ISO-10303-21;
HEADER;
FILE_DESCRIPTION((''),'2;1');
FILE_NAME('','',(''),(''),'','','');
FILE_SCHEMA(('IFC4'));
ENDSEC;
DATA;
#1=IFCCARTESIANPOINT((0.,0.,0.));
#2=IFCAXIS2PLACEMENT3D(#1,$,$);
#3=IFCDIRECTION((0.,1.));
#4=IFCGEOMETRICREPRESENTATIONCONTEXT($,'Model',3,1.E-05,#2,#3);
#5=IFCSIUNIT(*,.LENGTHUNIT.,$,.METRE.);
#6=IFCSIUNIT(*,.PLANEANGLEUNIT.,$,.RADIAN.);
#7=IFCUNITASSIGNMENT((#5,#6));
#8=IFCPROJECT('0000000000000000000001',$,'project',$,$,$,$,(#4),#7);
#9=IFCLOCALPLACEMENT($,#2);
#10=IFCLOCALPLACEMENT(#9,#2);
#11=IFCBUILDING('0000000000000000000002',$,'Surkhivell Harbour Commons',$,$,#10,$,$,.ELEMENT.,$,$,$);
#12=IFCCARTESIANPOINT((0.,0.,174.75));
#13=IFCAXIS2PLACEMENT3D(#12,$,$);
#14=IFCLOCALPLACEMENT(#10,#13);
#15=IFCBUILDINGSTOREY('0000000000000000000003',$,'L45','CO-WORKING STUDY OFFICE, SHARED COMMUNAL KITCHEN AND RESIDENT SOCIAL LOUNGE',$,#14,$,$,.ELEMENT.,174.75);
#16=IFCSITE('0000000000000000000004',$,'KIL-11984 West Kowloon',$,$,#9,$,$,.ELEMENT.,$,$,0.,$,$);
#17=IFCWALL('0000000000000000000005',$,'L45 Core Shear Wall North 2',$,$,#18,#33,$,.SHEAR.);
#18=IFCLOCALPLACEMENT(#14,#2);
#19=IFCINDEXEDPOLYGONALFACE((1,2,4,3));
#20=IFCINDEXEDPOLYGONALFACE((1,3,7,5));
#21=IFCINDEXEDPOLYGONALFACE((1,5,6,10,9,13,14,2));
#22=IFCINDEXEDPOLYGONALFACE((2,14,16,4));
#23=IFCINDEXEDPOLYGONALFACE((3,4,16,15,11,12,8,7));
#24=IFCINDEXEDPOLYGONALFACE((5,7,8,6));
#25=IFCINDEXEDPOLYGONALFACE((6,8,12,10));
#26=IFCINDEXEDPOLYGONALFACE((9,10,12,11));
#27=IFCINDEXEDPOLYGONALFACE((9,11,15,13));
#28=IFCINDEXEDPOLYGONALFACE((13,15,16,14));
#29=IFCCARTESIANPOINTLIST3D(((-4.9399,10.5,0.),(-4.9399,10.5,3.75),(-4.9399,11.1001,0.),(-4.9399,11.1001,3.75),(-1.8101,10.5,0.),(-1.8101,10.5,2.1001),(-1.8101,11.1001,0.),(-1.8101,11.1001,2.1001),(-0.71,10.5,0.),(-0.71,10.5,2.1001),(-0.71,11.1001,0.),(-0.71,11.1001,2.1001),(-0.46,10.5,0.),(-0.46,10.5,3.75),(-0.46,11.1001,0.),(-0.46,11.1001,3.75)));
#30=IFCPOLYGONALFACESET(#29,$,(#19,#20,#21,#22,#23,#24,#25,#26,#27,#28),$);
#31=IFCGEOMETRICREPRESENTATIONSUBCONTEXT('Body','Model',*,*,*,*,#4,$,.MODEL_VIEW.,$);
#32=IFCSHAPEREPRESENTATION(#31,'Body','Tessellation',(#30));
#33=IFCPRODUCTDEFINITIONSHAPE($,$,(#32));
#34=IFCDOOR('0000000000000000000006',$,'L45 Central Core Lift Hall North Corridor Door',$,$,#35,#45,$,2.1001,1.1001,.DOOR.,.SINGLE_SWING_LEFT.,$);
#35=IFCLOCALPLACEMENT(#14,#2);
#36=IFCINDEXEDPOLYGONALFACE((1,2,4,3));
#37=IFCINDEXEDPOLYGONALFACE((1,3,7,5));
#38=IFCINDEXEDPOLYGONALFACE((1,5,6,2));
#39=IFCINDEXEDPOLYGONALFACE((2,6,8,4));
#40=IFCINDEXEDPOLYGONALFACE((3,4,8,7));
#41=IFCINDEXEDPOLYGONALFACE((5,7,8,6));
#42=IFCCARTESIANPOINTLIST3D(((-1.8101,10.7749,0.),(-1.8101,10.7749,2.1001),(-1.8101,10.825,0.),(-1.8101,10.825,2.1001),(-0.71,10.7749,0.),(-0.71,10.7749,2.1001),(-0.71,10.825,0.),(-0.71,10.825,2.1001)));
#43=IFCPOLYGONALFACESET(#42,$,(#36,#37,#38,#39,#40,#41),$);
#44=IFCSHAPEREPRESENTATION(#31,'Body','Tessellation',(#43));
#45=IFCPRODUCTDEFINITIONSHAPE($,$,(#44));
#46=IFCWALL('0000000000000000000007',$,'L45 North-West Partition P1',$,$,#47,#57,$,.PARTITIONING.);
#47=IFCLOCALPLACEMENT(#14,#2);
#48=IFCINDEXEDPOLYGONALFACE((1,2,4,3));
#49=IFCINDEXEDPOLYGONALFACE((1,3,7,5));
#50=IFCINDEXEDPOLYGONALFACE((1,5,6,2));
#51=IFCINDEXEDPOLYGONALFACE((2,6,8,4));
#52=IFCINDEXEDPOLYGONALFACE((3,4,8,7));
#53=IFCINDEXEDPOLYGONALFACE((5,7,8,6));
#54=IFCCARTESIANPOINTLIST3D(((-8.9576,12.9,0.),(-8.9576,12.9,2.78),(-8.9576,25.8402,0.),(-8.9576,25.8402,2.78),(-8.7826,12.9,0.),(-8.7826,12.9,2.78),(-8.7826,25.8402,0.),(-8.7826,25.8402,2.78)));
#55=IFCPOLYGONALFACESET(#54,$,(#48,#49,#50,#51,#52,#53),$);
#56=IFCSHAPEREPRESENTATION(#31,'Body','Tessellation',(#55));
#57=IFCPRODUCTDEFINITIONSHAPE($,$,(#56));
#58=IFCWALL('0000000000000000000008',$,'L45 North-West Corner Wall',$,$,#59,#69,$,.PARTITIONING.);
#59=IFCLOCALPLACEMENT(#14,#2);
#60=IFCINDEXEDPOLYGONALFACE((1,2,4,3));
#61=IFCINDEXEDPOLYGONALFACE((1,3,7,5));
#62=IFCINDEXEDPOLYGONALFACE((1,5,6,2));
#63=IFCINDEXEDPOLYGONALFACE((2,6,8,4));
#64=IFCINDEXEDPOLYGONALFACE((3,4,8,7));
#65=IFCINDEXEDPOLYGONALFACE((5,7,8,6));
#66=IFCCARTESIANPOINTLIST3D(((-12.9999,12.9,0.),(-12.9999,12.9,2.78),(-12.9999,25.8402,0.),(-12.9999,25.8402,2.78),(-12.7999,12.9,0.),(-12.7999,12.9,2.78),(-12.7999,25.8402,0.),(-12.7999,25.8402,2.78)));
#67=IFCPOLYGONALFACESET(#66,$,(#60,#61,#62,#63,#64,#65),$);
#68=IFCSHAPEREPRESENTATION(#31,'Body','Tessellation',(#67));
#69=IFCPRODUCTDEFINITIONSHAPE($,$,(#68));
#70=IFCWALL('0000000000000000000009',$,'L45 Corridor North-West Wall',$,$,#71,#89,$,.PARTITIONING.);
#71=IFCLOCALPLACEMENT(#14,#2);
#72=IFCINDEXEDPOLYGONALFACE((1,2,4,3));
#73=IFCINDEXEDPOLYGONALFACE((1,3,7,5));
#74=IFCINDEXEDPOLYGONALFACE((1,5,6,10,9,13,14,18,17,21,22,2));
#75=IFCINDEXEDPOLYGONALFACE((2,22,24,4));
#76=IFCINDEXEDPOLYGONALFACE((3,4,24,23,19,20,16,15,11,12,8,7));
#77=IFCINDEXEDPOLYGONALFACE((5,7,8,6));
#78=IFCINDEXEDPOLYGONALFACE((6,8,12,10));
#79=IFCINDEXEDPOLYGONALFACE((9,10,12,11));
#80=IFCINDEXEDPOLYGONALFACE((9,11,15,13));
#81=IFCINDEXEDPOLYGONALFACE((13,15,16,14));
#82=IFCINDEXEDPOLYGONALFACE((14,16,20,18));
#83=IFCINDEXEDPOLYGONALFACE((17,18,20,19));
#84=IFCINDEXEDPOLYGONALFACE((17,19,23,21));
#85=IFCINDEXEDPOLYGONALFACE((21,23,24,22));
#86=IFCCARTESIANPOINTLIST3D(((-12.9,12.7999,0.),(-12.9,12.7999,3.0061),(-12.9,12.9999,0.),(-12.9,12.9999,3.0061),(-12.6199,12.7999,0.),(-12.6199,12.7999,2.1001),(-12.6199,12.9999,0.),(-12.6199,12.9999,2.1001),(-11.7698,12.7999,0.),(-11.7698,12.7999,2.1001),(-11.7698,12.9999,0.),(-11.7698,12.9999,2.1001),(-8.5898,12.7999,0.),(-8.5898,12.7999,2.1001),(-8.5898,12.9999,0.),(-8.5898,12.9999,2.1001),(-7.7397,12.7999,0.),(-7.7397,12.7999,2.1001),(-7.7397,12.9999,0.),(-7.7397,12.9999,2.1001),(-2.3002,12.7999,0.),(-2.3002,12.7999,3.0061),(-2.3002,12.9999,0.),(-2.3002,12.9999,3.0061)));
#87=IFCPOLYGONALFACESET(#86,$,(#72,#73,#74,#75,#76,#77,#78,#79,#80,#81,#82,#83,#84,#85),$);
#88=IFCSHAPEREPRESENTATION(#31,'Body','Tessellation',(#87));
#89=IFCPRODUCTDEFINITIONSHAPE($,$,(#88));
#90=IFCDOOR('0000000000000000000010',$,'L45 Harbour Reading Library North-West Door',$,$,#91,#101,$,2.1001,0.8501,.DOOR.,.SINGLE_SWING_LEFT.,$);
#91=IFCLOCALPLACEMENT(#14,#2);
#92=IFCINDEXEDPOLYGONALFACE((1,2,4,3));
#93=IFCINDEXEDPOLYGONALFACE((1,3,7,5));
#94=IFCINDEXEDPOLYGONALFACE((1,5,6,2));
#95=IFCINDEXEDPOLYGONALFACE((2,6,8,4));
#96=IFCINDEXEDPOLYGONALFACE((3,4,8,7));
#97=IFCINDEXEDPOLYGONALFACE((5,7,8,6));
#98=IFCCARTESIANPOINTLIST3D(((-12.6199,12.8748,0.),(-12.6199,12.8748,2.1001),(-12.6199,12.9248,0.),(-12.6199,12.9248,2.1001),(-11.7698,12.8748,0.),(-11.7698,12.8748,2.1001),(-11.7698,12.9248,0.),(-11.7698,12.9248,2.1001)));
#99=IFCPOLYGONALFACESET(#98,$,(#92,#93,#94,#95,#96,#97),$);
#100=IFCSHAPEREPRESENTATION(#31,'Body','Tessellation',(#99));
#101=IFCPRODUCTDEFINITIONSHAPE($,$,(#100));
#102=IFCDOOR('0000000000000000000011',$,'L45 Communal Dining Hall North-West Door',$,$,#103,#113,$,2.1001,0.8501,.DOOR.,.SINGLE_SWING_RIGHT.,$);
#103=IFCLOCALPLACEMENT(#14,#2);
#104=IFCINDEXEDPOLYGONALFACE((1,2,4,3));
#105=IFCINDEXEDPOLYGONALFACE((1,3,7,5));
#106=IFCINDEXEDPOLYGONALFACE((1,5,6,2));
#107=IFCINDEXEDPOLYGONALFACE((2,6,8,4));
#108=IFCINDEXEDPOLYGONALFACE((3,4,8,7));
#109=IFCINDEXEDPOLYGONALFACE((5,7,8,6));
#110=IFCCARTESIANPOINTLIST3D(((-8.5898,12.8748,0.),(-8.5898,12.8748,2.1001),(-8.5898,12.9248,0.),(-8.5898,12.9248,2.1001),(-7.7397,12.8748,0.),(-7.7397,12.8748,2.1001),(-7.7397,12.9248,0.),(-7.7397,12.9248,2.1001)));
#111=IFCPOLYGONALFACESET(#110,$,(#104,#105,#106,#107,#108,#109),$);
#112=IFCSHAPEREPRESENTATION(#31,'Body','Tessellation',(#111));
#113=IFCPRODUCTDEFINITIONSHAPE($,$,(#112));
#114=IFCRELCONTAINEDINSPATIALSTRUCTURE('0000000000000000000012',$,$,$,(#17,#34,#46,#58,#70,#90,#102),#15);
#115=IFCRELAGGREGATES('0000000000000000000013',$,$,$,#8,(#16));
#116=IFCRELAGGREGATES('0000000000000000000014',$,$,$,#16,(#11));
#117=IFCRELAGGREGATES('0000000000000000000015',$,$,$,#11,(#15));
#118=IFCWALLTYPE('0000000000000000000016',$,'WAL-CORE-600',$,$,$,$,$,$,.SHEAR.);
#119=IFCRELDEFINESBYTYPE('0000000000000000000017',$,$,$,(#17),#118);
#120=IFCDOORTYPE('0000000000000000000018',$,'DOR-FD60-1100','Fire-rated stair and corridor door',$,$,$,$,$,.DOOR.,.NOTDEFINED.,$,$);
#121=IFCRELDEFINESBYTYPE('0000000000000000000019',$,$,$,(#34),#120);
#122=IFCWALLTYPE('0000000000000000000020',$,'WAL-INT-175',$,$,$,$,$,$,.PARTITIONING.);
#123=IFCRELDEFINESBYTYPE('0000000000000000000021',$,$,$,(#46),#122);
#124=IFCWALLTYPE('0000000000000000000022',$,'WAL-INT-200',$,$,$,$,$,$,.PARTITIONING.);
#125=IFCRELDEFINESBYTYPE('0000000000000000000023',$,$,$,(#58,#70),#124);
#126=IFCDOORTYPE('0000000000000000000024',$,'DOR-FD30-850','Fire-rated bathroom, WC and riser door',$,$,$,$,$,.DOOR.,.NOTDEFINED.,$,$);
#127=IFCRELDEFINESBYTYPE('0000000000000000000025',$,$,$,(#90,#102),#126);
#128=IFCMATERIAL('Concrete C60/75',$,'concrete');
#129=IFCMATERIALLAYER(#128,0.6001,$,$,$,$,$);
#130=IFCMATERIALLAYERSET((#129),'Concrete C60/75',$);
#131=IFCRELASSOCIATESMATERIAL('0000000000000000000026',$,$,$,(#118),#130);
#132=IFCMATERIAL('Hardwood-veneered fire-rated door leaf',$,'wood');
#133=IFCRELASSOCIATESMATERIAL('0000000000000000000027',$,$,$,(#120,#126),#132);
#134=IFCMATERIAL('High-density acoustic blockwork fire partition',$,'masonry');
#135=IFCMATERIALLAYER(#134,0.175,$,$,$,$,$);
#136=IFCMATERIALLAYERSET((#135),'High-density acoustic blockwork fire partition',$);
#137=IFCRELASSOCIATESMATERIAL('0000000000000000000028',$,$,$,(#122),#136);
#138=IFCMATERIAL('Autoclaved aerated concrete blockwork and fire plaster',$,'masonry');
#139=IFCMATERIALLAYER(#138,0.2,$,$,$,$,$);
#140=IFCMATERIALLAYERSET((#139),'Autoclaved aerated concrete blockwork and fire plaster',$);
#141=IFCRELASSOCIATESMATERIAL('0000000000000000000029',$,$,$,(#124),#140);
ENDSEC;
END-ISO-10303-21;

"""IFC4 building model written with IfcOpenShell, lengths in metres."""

from ifc_helpers import new_model, si_unit, direction, frame, frame_2d, origin, place, context, subcontext, project, spatial, rectangle, extrude, material, layer, layer_set, type_object, element, fill, save


model = new_model("IFC4")

# Units and contexts
model_context = context("Model", 3, precision=1e-05, world=origin(), true_north=direction((0.0, 1.0)))
body_context = subcontext(model_context, "Body", "Model", "MODEL_VIEW")
ifc_project = project(units=[si_unit("LENGTHUNIT", "METRE"), si_unit("PLANEANGLEUNIT", "RADIAN")], contexts=[model_context])

# Site, building, storey
site_placement = place(None, origin())
site = spatial("IfcSite", under=ifc_project, at=site_placement, Name="KIL-11984 West Kowloon", CompositionType="ELEMENT", RefElevation=0.0)
building_placement = place(site_placement, origin())
building = spatial("IfcBuilding", under=site, at=building_placement, Name="Surkhivell Harbour Commons", CompositionType="ELEMENT")
storey_placement = place(building_placement, frame((0.0, 0.0, 174.75)))
storey = spatial("IfcBuildingStorey", under=building, at=storey_placement, Name="L45", Description="CO-WORKING STUDY OFFICE, SHARED COMMUNAL KITCHEN AND RESIDENT SOCIAL LOUNGE", CompositionType="ELEMENT", Elevation=174.75)

# Shared definitions
ifc_material_1 = material(Name="Concrete C60/75", Category="concrete")

# Wall, opening, door
ifc_layer_1 = layer(ifc_material_1, 0.6001)
ifc_layer_set_1 = layer_set([ifc_layer_1], Name="Concrete C60/75")
wall_type_1 = type_object("IfcWallType", Name="WAL-CORE-600", PredefinedType="SHEAR", material=ifc_layer_set_1)
wall_1_placement = place(storey_placement, frame((-4.9399, 10.8, 0.0), z_axis=(0.0, 0.0, 1.0), x_axis=(1.0, 0.0, 0.0)))
wall_1 = element("IfcWall", 1, at=wall_1_placement, inside=storey, type_object=wall_type_1, Name="L45 Core Shear Wall North 2", PredefinedType="SHEAR", context=body_context, shape_type="SweptSolid", body=[
    extrude(rectangle(XDim=4.48, YDim=0.6001, at=frame_2d((2.24, 0.0))), origin(), (0.0, 0.0, 1.0), 3.75),
])
opening_1_placement = place(wall_1_placement, frame((3.1299, 0.0, 0.0)))
opening_1 = element("IfcOpeningElement", 2, at=opening_1_placement, cuts=wall_1, PredefinedType="OPENING", context=body_context, shape_type="SweptSolid", body=[
    extrude(rectangle(XDim=1.1001, YDim=2.1001, at=frame_2d((0.55, 1.05))), frame((0.0, 0.3101, 0.0), z_axis=(0.0, -1.0, 0.0), x_axis=(1.0, 0.0, 0.0)), (0.0, 0.0, 1.0), 0.6201),
])
ifc_material_2 = material(Name="Hardwood-veneered fire-rated door leaf", Category="wood")
door_type_1 = type_object("IfcDoorType", Name="DOR-FD60-1100", Description="Fire-rated stair and corridor door", OperationType="NOTDEFINED", PredefinedType="DOOR", material=ifc_material_2)
door_1_placement = place(opening_1_placement, origin())
door_1 = element("IfcDoor", 3, at=door_1_placement, inside=storey, type_object=door_type_1, Name="L45 Central Core Lift Hall North Corridor Door", OperationType="SINGLE_SWING_LEFT", OverallHeight=2.1001, OverallWidth=1.1001, PredefinedType="DOOR", context=body_context, shape_type="SweptSolid", body=[
    extrude(rectangle(XDim=1.1001, YDim=2.1001, at=frame_2d((0.55, 1.05))), frame((0.0, 0.0249, 0.0), z_axis=(0.0, -1.0, 0.0), x_axis=(1.0, 0.0, 0.0)), (0.0, 0.0, 1.0), 0.05),
])
fill(opening_1, door_1)

# Walls
ifc_material_3 = material(Name="High-density acoustic blockwork fire partition", Category="masonry")
ifc_layer_2 = layer(ifc_material_3, 0.175)
ifc_layer_set_2 = layer_set([ifc_layer_2], Name="High-density acoustic blockwork fire partition")
wall_type_2 = type_object("IfcWallType", Name="WAL-INT-175", PredefinedType="PARTITIONING", material=ifc_layer_set_2)
wall_2_placement = place(storey_placement, frame((-8.8701, 12.8999, 0.0), z_axis=(0.0, 0.0, 1.0), x_axis=(0.0, 1.0, 0.0)))
element("IfcWall", 4, at=wall_2_placement, inside=storey, type_object=wall_type_2, Name="L45 North-West Partition P1", PredefinedType="PARTITIONING", context=body_context, shape_type="SweptSolid", body=[
    extrude(rectangle(XDim=12.9402, YDim=0.175, at=frame_2d((6.4702, 0.0))), origin(), (0.0, 0.0, 1.0), 2.78),
])
ifc_material_4 = material(Name="Autoclaved aerated concrete blockwork and fire plaster", Category="masonry")
ifc_layer_3 = layer(ifc_material_4, 0.2)
ifc_layer_set_3 = layer_set([ifc_layer_3], Name="Autoclaved aerated concrete blockwork and fire plaster")
wall_type_3 = type_object("IfcWallType", Name="WAL-INT-200", PredefinedType="PARTITIONING", material=ifc_layer_set_3)
wall_3_placement = place(storey_placement, frame((-12.8999, 12.8999, 0.0), z_axis=(0.0, 0.0, 1.0), x_axis=(0.0, 1.0, 0.0)))
element("IfcWall", 5, at=wall_3_placement, inside=storey, type_object=wall_type_3, Name="L45 North-West Corner Wall", PredefinedType="PARTITIONING", context=body_context, shape_type="SweptSolid", body=[
    extrude(rectangle(XDim=12.9402, YDim=0.2, at=frame_2d((6.4702, 0.0))), origin(), (0.0, 0.0, 1.0), 2.78),
])

# Wall, openings, doors
wall_4_placement = place(storey_placement, frame((-12.8999, 12.8999, 0.0), z_axis=(0.0, 0.0, 1.0), x_axis=(1.0, 0.0, 0.0)))
wall_4 = element("IfcWall", 6, at=wall_4_placement, inside=storey, type_object=wall_type_3, Name="L45 Corridor North-West Wall", PredefinedType="PARTITIONING", context=body_context, shape_type="SweptSolid", body=[
    extrude(rectangle(XDim=10.5999, YDim=0.2, at=frame_2d((5.2998, 0.0))), origin(), (0.0, 0.0, 1.0), 3.0061),
])
opening_2_placement = place(wall_4_placement, frame((0.28, 0.0, 0.0)))
opening_2 = element("IfcOpeningElement", 7, at=opening_2_placement, cuts=wall_4, PredefinedType="OPENING", context=body_context, shape_type="SweptSolid", body=[
    extrude(rectangle(XDim=0.8501, YDim=2.1001, at=frame_2d((0.425, 1.05))), frame((0.0, 0.1099, 0.0), z_axis=(0.0, -1.0, 0.0), x_axis=(1.0, 0.0, 0.0)), (0.0, 0.0, 1.0), 0.22),
])
opening_3_placement = place(wall_4_placement, frame((4.3101, 0.0, 0.0)))
opening_3 = element("IfcOpeningElement", 8, at=opening_3_placement, cuts=wall_4, PredefinedType="OPENING", context=body_context, shape_type="SweptSolid", body=[
    extrude(rectangle(XDim=0.8501, YDim=2.1001, at=frame_2d((0.425, 1.05))), frame((0.0, 0.1099, 0.0), z_axis=(0.0, -1.0, 0.0), x_axis=(1.0, 0.0, 0.0)), (0.0, 0.0, 1.0), 0.22),
])
door_type_2 = type_object("IfcDoorType", Name="DOR-FD30-850", Description="Fire-rated bathroom, WC and riser door", OperationType="NOTDEFINED", PredefinedType="DOOR", material=ifc_material_2)
door_2_placement = place(opening_2_placement, origin())
door_2 = element("IfcDoor", 9, at=door_2_placement, inside=storey, type_object=door_type_2, Name="L45 Harbour Reading Library North-West Door", OperationType="SINGLE_SWING_LEFT", OverallHeight=2.1001, OverallWidth=0.8501, PredefinedType="DOOR", context=body_context, shape_type="SweptSolid", body=[
    extrude(rectangle(XDim=0.8501, YDim=2.1001, at=frame_2d((0.425, 1.05))), frame((0.0, 0.0249, 0.0), z_axis=(0.0, -1.0, 0.0), x_axis=(1.0, 0.0, 0.0)), (0.0, 0.0, 1.0), 0.05),
])
fill(opening_2, door_2)
door_3_placement = place(opening_3_placement, origin())
door_3 = element("IfcDoor", 10, at=door_3_placement, inside=storey, type_object=door_type_2, Name="L45 Communal Dining Hall North-West Door", OperationType="SINGLE_SWING_RIGHT", OverallHeight=2.1001, OverallWidth=0.8501, PredefinedType="DOOR", context=body_context, shape_type="SweptSolid", body=[
    extrude(rectangle(XDim=0.8501, YDim=2.1001, at=frame_2d((0.425, 1.05))), frame((0.0, 0.0249, 0.0), z_axis=(0.0, -1.0, 0.0), x_axis=(1.0, 0.0, 0.0)), (0.0, 0.0, 1.0), 0.05),
])
fill(opening_3, door_3)

save(model, "model.ifc")
